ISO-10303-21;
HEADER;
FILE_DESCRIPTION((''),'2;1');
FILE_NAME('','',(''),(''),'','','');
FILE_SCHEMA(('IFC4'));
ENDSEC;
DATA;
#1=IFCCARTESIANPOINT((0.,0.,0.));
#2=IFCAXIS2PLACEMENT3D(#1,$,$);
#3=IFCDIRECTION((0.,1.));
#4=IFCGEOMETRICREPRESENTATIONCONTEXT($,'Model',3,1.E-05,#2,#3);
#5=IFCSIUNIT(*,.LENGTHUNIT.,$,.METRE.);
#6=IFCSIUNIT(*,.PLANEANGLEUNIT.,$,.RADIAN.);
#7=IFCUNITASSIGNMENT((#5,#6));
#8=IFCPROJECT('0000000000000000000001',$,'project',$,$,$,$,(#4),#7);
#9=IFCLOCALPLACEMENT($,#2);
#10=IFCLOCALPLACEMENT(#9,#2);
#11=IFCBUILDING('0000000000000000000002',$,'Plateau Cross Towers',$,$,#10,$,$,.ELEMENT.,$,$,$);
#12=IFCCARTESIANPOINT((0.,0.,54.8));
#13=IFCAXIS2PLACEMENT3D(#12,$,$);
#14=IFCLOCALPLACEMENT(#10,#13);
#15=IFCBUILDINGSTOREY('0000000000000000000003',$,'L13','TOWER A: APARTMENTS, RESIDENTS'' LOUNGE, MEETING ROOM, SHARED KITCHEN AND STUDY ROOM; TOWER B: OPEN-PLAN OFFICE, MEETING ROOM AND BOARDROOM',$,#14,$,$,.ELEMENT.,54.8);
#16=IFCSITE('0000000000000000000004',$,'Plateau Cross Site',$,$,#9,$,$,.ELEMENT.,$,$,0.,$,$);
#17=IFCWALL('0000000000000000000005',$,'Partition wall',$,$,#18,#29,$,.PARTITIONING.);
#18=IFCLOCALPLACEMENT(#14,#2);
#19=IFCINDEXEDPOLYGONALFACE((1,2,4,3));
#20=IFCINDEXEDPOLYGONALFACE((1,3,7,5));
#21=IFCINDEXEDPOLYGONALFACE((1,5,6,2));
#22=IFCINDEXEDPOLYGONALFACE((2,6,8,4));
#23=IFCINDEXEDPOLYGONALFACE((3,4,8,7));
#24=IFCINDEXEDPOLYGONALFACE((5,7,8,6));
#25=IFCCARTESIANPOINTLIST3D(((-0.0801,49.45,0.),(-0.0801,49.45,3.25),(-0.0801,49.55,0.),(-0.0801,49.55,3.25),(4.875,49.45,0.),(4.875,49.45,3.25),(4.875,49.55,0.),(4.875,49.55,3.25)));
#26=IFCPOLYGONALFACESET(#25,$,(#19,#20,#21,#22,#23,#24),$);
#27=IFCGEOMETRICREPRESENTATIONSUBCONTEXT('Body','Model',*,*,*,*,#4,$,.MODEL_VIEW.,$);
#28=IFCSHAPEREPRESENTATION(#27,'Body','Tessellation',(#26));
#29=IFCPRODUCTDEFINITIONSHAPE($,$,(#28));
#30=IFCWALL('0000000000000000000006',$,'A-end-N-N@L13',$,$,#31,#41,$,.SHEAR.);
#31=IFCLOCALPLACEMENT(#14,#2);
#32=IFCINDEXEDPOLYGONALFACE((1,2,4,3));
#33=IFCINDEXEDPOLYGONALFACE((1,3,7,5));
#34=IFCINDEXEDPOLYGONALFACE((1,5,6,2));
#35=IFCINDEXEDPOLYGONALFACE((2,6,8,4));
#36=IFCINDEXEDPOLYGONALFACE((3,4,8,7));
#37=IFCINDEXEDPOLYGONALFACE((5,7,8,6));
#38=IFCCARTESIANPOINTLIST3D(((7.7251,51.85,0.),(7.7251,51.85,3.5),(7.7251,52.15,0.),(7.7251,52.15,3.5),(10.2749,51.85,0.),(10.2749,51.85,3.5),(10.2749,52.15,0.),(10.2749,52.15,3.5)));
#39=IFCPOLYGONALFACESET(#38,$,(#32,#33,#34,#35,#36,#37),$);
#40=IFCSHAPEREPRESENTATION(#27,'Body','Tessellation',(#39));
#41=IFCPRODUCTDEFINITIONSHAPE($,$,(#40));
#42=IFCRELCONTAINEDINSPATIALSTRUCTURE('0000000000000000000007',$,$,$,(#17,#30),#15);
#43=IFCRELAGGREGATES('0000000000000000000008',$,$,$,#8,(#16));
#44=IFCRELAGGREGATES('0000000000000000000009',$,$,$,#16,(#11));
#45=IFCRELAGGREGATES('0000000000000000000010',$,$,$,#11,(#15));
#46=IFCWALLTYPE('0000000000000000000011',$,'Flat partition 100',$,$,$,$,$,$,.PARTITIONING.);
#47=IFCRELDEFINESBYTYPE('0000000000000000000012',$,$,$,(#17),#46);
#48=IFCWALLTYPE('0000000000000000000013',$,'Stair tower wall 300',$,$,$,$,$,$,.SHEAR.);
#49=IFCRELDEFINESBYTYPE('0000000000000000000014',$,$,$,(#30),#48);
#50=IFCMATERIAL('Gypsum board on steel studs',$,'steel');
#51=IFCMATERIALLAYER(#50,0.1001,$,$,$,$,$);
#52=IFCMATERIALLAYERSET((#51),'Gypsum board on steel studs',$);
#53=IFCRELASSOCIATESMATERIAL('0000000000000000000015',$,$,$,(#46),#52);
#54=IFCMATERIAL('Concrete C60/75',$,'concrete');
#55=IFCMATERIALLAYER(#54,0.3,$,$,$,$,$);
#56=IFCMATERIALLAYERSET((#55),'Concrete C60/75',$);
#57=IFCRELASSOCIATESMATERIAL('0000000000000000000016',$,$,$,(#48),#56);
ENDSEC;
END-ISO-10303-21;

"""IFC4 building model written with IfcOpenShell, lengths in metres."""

from ifc_helpers import new_model, si_unit, direction, frame, frame_2d, origin, place, context, subcontext, project, spatial, rectangle, extrude, material, layer, layer_set, type_object, element, save


model = new_model("IFC4")

# Units and contexts
model_context = context("Model", 3, precision=1e-05, world=origin(), true_north=direction((0.0, 1.0)))
body_context = subcontext(model_context, "Body", "Model", "MODEL_VIEW")
ifc_project = project(units=[si_unit("LENGTHUNIT", "METRE"), si_unit("PLANEANGLEUNIT", "RADIAN")], contexts=[model_context])

# Site, building, storey
site_placement = place(None, origin())
site = spatial("IfcSite", under=ifc_project, at=site_placement, Name="Plateau Cross Site", CompositionType="ELEMENT", RefElevation=0.0)
building_placement = place(site_placement, origin())
building = spatial("IfcBuilding", under=site, at=building_placement, Name="Plateau Cross Towers", CompositionType="ELEMENT")
storey_placement = place(building_placement, frame((0.0, 0.0, 54.8)))
storey = spatial("IfcBuildingStorey", under=building, at=storey_placement, Name="L13", Description="TOWER A: APARTMENTS, RESIDENTS' LOUNGE, MEETING ROOM, SHARED KITCHEN AND STUDY ROOM; TOWER B: OPEN-PLAN OFFICE, MEETING ROOM AND BOARDROOM", CompositionType="ELEMENT", Elevation=54.8)

# Shared definitions
ifc_material_1 = material(Name="Concrete C60/75", Category="concrete")

# Walls
ifc_material_2 = material(Name="Gypsum board on steel studs", Category="steel")
ifc_layer_1 = layer(ifc_material_2, 0.1001)
ifc_layer_set_1 = layer_set([ifc_layer_1], Name="Gypsum board on steel studs")
wall_type_1 = type_object("IfcWallType", Name="Flat partition 100", PredefinedType="PARTITIONING", material=ifc_layer_set_1)
wall_1_placement = place(storey_placement, frame((4.875, 49.5, 0.0), z_axis=(0.0, 0.0, 1.0), x_axis=(-1.0, 0.0, 0.0)))
element("IfcWall", 1, at=wall_1_placement, inside=storey, type_object=wall_type_1, Name="Partition wall", PredefinedType="PARTITIONING", context=body_context, shape_type="SweptSolid", body=[
    extrude(rectangle(XDim=4.9551, YDim=0.1001, at=frame_2d((2.4775, 0.0))), origin(), (0.0, 0.0, 1.0), 3.25),
])
ifc_layer_2 = layer(ifc_material_1, 0.3)
ifc_layer_set_2 = layer_set([ifc_layer_2], Name="Concrete C60/75")
wall_type_2 = type_object("IfcWallType", Name="Stair tower wall 300", PredefinedType="SHEAR", material=ifc_layer_set_2)
wall_2_placement = place(storey_placement, frame((7.7251, 52.0, 0.0), z_axis=(0.0, 0.0, 1.0), x_axis=(1.0, 0.0, 0.0)))
element("IfcWall", 2, at=wall_2_placement, inside=storey, type_object=wall_type_2, Name="A-end-N-N@L13", PredefinedType="SHEAR", context=body_context, shape_type="SweptSolid", body=[
    extrude(rectangle(XDim=2.5498, YDim=0.3, at=frame_2d((1.2749, 0.0))), origin(), (0.0, 0.0, 1.0), 3.5),
])

save(model, "model.ifc")
